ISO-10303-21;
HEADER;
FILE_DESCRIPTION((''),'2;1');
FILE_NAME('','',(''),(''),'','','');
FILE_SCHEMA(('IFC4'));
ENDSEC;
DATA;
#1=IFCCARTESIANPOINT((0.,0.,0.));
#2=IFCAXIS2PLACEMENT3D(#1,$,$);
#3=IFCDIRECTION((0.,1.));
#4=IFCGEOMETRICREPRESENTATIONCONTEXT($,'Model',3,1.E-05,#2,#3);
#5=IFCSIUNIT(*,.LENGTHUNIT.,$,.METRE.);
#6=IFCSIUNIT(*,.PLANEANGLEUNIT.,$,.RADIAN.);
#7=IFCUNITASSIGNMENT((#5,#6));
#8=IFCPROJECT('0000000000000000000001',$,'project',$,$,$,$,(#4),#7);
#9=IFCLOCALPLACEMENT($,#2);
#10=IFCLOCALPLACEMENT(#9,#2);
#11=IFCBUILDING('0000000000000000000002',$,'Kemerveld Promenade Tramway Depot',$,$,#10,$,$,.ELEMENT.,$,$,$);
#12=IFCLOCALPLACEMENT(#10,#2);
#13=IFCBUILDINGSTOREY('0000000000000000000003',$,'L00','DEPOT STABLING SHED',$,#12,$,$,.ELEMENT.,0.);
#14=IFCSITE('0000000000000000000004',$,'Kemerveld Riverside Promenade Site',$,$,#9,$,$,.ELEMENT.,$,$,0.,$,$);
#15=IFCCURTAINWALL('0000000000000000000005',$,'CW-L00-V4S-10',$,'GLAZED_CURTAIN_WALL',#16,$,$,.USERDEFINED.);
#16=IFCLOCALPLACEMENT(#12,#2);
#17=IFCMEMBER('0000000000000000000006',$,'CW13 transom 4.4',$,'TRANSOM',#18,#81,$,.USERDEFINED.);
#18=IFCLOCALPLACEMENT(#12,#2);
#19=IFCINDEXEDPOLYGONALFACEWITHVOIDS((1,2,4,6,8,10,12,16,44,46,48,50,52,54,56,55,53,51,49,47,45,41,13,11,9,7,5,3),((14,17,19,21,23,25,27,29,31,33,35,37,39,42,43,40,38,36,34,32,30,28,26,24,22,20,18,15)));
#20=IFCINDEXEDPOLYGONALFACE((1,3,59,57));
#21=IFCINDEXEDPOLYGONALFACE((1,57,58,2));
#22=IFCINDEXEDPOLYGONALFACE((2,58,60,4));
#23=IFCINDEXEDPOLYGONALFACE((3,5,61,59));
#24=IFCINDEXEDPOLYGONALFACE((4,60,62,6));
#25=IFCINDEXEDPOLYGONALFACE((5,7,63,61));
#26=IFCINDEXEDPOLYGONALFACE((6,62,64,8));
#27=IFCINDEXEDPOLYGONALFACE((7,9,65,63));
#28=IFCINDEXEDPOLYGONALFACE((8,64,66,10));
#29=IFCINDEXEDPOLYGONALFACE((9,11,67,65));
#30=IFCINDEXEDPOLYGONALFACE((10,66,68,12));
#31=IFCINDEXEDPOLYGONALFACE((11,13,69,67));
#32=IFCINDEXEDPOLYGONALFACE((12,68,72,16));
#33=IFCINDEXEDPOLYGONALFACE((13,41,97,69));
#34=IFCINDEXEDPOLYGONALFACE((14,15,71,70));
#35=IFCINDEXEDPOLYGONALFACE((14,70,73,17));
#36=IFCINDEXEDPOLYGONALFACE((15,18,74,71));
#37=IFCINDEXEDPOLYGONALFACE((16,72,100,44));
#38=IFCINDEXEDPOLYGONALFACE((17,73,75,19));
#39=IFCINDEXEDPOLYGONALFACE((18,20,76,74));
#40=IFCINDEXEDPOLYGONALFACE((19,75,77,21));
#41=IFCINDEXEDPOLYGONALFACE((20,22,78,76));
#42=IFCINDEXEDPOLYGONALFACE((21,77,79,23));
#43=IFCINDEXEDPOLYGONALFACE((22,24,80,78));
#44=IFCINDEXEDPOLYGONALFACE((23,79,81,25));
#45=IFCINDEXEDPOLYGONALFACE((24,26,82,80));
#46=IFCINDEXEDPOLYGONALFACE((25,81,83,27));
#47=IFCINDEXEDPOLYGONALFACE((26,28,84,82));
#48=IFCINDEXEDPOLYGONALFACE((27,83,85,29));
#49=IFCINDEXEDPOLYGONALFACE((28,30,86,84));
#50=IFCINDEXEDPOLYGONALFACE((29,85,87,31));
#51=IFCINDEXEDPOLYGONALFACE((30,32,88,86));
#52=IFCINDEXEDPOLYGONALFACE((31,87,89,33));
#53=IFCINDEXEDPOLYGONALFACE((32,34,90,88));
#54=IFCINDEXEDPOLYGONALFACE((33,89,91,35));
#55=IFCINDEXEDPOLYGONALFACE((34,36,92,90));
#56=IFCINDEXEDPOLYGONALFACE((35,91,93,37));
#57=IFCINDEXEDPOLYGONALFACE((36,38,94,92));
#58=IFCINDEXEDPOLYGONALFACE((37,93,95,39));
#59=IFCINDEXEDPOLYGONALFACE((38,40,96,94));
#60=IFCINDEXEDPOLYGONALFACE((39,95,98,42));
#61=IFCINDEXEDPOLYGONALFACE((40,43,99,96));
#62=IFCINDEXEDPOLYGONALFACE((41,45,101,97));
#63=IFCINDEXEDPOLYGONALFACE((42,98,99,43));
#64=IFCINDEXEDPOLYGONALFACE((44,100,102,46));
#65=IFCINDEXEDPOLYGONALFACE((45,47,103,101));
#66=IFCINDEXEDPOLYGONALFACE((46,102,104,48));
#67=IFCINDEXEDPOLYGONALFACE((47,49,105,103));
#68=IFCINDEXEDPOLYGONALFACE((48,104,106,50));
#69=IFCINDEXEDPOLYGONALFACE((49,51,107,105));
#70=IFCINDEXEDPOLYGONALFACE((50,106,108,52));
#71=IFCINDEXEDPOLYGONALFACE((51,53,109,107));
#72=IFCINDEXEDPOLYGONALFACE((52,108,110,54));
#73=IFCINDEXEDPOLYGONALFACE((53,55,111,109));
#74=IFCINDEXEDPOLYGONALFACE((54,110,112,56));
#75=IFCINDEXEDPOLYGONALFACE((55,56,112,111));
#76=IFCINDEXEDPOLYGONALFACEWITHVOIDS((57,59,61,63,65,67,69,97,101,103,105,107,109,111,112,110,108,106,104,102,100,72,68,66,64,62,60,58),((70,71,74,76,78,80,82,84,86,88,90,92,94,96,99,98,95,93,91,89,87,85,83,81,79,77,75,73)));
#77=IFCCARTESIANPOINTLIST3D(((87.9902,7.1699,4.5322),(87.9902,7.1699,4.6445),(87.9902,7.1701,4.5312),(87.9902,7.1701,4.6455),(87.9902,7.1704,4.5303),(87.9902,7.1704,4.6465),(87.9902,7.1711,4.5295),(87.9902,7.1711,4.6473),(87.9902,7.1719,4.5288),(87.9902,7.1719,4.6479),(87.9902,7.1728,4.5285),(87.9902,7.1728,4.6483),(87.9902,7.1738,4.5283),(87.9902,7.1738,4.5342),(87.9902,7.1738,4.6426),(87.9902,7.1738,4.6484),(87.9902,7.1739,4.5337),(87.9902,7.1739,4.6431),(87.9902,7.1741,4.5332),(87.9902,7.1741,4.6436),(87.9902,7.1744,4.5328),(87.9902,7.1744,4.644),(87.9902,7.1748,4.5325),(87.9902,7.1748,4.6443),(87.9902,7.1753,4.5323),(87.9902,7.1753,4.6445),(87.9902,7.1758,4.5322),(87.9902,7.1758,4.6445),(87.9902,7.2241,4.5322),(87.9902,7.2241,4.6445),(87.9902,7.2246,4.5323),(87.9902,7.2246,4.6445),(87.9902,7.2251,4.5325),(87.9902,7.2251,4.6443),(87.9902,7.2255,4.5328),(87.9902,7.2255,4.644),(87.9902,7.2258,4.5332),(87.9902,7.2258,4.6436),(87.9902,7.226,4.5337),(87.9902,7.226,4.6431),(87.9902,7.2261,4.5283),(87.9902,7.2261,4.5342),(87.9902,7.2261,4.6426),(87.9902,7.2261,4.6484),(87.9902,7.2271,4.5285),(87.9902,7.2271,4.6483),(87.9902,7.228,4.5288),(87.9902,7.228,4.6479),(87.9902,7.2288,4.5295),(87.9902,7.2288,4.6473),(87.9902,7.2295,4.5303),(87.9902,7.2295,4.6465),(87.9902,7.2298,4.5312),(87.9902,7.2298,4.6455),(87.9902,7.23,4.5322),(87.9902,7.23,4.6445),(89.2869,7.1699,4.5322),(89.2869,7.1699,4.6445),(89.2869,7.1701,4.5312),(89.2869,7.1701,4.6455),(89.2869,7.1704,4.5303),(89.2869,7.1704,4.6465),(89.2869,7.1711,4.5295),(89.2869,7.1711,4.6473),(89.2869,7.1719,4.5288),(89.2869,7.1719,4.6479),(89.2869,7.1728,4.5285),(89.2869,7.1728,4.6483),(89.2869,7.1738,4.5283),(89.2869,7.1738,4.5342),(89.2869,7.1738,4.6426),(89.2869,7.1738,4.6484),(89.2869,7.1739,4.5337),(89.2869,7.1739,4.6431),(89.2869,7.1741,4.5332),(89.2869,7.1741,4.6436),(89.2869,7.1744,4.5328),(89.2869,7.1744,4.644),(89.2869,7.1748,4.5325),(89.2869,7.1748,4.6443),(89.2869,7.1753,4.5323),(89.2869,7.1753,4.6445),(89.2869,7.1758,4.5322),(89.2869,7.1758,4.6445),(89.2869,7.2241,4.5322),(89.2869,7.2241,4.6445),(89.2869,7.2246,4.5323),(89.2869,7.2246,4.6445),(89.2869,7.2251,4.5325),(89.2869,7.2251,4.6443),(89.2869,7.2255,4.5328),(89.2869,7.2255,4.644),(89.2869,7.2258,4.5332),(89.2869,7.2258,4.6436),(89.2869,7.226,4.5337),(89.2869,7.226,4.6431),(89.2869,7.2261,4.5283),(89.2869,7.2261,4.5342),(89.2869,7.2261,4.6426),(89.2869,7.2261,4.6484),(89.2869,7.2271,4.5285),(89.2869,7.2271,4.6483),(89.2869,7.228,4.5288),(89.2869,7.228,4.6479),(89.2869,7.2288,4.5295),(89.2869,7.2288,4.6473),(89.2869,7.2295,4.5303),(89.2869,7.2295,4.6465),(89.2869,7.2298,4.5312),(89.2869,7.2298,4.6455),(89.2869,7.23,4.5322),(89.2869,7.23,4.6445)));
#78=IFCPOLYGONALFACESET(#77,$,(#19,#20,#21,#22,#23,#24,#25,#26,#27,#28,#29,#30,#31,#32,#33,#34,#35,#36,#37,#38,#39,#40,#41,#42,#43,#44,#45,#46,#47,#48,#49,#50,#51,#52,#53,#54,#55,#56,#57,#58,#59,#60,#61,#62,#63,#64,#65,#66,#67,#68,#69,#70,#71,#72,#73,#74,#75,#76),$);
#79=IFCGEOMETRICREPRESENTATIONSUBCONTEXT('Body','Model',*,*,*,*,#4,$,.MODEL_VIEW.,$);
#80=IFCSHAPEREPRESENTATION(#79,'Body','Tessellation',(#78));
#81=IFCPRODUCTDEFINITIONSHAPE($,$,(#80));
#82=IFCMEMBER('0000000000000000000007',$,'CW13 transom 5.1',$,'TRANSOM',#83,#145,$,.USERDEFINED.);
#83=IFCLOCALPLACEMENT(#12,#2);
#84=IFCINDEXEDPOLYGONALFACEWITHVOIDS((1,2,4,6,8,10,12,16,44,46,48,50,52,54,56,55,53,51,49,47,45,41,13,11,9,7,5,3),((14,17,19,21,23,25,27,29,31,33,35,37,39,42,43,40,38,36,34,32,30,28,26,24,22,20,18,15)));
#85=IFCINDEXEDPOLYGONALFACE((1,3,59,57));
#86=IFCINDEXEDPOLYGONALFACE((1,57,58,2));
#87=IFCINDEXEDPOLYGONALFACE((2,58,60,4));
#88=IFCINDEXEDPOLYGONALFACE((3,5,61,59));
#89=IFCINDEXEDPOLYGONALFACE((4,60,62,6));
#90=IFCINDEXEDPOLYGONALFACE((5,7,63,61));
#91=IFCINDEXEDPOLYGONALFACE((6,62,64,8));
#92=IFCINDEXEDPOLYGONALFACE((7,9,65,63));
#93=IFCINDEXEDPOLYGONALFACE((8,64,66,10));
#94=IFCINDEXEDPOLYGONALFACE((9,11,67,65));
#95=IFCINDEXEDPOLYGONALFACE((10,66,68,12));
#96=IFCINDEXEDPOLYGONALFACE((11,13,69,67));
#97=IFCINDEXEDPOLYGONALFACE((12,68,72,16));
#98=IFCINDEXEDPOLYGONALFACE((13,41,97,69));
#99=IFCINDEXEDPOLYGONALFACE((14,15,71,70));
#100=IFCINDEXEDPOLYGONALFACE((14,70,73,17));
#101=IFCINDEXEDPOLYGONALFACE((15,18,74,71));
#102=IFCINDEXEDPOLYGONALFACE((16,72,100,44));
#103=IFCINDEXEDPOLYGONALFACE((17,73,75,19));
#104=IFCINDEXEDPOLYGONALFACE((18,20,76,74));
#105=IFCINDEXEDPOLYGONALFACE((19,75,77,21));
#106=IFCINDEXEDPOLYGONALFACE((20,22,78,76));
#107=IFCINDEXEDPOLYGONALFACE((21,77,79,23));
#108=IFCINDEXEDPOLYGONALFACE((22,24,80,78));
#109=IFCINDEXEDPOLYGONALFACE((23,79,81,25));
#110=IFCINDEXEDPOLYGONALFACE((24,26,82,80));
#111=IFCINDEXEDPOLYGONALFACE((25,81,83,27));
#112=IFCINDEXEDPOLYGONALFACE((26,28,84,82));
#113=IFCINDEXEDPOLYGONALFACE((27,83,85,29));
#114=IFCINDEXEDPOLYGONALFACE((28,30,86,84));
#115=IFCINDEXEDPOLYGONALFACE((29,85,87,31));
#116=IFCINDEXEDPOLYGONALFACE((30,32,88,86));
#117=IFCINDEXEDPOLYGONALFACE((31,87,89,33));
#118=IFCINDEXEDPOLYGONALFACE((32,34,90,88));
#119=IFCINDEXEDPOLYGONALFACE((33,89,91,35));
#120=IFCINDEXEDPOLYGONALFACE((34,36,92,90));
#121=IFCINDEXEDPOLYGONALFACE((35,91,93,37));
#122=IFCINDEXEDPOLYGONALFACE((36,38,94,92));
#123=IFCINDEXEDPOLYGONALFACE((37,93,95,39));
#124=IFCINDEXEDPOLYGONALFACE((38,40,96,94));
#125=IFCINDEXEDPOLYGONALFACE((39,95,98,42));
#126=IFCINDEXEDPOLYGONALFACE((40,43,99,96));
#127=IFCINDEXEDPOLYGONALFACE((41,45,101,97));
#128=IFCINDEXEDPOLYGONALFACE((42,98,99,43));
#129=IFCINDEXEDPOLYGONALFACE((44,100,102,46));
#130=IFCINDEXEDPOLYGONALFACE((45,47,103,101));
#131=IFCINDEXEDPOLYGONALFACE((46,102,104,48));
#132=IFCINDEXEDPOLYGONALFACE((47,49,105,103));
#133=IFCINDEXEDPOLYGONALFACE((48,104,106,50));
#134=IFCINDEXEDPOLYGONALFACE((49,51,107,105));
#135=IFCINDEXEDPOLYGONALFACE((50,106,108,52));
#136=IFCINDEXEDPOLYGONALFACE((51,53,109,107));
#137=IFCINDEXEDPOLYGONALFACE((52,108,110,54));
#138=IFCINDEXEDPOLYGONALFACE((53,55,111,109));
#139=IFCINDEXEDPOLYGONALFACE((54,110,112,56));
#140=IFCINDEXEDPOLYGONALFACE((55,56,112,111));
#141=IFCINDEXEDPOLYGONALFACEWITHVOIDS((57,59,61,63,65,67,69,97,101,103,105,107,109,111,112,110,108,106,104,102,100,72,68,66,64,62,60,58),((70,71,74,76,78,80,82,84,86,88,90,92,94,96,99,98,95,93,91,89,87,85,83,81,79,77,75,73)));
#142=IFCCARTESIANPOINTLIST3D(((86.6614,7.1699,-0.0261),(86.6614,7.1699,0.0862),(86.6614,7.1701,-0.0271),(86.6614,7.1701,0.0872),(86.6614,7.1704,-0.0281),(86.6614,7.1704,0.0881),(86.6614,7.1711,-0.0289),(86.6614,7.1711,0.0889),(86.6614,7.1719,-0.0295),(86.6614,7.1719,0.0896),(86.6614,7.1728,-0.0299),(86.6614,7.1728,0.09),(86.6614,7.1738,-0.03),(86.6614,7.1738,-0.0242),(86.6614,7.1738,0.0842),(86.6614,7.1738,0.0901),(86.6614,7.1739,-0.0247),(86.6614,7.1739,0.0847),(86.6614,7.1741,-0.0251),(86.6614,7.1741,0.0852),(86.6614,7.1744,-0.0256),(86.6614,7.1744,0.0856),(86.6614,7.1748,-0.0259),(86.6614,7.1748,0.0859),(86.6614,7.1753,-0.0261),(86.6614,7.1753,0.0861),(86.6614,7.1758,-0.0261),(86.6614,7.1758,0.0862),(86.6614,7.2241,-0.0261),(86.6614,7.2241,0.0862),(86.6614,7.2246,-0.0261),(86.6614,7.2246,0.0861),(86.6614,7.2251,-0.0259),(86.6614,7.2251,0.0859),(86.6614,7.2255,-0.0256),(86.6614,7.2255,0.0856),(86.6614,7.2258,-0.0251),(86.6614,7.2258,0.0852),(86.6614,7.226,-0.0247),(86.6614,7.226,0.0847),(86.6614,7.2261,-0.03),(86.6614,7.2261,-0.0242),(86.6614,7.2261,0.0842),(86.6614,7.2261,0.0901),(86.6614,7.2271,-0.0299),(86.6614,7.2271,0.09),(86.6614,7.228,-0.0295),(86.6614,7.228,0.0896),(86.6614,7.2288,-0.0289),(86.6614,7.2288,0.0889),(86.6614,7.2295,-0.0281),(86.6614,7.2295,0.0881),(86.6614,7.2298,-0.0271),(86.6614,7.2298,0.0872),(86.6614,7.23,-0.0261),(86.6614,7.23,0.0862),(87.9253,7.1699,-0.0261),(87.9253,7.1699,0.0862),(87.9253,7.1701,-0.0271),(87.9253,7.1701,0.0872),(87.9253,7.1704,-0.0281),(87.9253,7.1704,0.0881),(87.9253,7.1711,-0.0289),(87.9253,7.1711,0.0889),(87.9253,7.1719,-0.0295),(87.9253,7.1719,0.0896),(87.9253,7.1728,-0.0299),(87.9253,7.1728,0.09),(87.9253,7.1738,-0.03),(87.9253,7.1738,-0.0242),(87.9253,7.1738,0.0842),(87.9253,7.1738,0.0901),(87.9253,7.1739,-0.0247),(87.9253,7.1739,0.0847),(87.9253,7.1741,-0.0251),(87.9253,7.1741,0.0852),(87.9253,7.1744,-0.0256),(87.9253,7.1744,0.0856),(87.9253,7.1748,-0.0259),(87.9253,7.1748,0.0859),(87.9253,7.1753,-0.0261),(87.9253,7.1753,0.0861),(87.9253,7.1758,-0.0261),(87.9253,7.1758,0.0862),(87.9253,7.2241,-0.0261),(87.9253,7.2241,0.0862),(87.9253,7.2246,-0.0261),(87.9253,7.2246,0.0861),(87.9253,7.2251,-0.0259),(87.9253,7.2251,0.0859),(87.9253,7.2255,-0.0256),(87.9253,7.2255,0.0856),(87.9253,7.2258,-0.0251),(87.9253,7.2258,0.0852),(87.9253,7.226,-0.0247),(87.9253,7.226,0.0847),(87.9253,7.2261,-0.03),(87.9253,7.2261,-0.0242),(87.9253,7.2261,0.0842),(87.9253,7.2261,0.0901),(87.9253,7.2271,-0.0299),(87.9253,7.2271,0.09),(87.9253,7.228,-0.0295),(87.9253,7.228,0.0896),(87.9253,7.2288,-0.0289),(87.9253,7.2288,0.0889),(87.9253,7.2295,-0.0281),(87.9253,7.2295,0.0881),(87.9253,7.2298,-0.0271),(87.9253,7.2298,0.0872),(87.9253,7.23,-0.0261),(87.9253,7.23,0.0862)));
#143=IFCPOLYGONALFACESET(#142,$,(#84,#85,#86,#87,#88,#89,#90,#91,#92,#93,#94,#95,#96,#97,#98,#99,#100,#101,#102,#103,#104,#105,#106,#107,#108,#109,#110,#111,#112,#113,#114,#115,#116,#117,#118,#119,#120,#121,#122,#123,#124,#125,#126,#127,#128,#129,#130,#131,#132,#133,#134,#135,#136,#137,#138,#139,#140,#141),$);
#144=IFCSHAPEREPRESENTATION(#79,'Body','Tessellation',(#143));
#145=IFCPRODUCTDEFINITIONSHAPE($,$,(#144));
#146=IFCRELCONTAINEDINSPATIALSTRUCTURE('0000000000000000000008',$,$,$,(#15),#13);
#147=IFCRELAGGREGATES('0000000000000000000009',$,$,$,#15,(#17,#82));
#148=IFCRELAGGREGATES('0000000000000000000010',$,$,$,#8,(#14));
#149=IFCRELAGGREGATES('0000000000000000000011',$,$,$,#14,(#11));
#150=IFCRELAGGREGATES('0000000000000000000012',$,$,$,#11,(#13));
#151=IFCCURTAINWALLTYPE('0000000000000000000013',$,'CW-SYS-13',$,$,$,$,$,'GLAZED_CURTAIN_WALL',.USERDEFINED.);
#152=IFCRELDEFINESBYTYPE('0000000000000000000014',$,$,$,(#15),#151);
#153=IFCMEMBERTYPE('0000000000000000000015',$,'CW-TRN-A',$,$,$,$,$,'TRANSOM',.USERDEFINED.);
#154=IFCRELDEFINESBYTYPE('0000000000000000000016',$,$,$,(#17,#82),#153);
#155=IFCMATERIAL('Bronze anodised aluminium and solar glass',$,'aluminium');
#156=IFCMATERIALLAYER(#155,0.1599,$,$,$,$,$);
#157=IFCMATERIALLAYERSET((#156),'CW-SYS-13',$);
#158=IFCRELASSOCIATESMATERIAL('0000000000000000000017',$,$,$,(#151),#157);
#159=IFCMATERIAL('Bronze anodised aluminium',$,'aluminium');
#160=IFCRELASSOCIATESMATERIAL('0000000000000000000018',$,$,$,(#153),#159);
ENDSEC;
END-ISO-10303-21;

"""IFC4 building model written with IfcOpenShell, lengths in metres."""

from ifc_helpers import new_model, si_unit, direction, frame, origin, origin_2d, place, context, subcontext, project, spatial, hollow_rectangle, extrude, material, layer, layer_set, material_profile, profile_set, type_object, element, aggregate, save


model = new_model("IFC4")

# Units and contexts
model_context = context("Model", 3, precision=1e-05, world=origin(), true_north=direction((0.0, 1.0)))
body_context = subcontext(model_context, "Body", "Model", "MODEL_VIEW")
ifc_project = project(units=[si_unit("LENGTHUNIT", "METRE"), si_unit("PLANEANGLEUNIT", "RADIAN")], contexts=[model_context])

# Site, building, storey
site_placement = place(None, origin())
site = spatial("IfcSite", under=ifc_project, at=site_placement, Name="Kemerveld Riverside Promenade Site", CompositionType="ELEMENT", RefElevation=0.0)
building_placement = place(site_placement, origin())
building = spatial("IfcBuilding", under=site, at=building_placement, Name="Kemerveld Promenade Tramway Depot", CompositionType="ELEMENT")
storey_placement = place(building_placement, origin())
storey = spatial("IfcBuildingStorey", under=building, at=storey_placement, Name="L00", Description="DEPOT STABLING SHED", CompositionType="ELEMENT", Elevation=0.0)

# Curtain wall, members
ifc_material_1 = material(Name="Bronze anodised aluminium and solar glass", Category="aluminium")
ifc_layer_1 = layer(ifc_material_1, 0.1599)
ifc_layer_set_1 = layer_set([ifc_layer_1], Name="CW-SYS-13")
curtain_wall_type = type_object("IfcCurtainWallType", Name="CW-SYS-13", ElementType="GLAZED_CURTAIN_WALL", PredefinedType="USERDEFINED", material=ifc_layer_set_1)
curtain_wall_placement = place(storey_placement, origin())
curtain_wall = element("IfcCurtainWall", 1, at=curtain_wall_placement, inside=storey, type_object=curtain_wall_type, Name="CW-L00-V4S-10", ObjectType="GLAZED_CURTAIN_WALL", PredefinedType="USERDEFINED")
ifc_material_2 = material(Name="Bronze anodised aluminium", Category="aluminium")
ifc_material_profile_1 = material_profile(ifc_material_2, hollow_rectangle(XDim=0.0601, YDim=0.1201, WallThickness=0.0039, InnerFilletRadius=0.002, OuterFilletRadius=0.0039, at=origin_2d()), Name="CW-TRN-120x60")
ifc_profile_set_1 = profile_set([ifc_material_profile_1], Name="Bronze anodised aluminium")
member_type_1 = type_object("IfcMemberType", Name="CW-TRN-A", ElementType="TRANSOM", PredefinedType="USERDEFINED", material=ifc_profile_set_1)
member_1_placement = place(storey_placement, frame((89.2869, 7.2, 4.5884), z_axis=(-1.0, 0.0, 0.0), x_axis=(0.0, -1.0, 0.0)))
member_1 = element("IfcMember", 2, at=member_1_placement, type_object=member_type_1, Name="CW13 transom 4.4", ObjectType="TRANSOM", PredefinedType="USERDEFINED", context=body_context, shape_type="SweptSolid", body=[
    extrude(hollow_rectangle(XDim=0.0601, YDim=0.1201, WallThickness=0.0039, InnerFilletRadius=0.002, OuterFilletRadius=0.0039, at=origin_2d()), origin(), (0.0, 0.0, 1.0), 1.2966),
])
member_2_placement = place(storey_placement, frame((87.9253, 7.2, 0.03), z_axis=(-1.0, 0.0, 0.0), x_axis=(0.0, -1.0, 0.0)))
member_2 = element("IfcMember", 3, at=member_2_placement, type_object=member_type_1, Name="CW13 transom 5.1", ObjectType="TRANSOM", PredefinedType="USERDEFINED", context=body_context, shape_type="SweptSolid", body=[
    extrude(hollow_rectangle(XDim=0.0601, YDim=0.1201, WallThickness=0.0039, InnerFilletRadius=0.002, OuterFilletRadius=0.0039, at=origin_2d()), origin(), (0.0, 0.0, 1.0), 1.2639),
])
aggregate(curtain_wall, [member_1, member_2])

save(model, "model.ifc")
